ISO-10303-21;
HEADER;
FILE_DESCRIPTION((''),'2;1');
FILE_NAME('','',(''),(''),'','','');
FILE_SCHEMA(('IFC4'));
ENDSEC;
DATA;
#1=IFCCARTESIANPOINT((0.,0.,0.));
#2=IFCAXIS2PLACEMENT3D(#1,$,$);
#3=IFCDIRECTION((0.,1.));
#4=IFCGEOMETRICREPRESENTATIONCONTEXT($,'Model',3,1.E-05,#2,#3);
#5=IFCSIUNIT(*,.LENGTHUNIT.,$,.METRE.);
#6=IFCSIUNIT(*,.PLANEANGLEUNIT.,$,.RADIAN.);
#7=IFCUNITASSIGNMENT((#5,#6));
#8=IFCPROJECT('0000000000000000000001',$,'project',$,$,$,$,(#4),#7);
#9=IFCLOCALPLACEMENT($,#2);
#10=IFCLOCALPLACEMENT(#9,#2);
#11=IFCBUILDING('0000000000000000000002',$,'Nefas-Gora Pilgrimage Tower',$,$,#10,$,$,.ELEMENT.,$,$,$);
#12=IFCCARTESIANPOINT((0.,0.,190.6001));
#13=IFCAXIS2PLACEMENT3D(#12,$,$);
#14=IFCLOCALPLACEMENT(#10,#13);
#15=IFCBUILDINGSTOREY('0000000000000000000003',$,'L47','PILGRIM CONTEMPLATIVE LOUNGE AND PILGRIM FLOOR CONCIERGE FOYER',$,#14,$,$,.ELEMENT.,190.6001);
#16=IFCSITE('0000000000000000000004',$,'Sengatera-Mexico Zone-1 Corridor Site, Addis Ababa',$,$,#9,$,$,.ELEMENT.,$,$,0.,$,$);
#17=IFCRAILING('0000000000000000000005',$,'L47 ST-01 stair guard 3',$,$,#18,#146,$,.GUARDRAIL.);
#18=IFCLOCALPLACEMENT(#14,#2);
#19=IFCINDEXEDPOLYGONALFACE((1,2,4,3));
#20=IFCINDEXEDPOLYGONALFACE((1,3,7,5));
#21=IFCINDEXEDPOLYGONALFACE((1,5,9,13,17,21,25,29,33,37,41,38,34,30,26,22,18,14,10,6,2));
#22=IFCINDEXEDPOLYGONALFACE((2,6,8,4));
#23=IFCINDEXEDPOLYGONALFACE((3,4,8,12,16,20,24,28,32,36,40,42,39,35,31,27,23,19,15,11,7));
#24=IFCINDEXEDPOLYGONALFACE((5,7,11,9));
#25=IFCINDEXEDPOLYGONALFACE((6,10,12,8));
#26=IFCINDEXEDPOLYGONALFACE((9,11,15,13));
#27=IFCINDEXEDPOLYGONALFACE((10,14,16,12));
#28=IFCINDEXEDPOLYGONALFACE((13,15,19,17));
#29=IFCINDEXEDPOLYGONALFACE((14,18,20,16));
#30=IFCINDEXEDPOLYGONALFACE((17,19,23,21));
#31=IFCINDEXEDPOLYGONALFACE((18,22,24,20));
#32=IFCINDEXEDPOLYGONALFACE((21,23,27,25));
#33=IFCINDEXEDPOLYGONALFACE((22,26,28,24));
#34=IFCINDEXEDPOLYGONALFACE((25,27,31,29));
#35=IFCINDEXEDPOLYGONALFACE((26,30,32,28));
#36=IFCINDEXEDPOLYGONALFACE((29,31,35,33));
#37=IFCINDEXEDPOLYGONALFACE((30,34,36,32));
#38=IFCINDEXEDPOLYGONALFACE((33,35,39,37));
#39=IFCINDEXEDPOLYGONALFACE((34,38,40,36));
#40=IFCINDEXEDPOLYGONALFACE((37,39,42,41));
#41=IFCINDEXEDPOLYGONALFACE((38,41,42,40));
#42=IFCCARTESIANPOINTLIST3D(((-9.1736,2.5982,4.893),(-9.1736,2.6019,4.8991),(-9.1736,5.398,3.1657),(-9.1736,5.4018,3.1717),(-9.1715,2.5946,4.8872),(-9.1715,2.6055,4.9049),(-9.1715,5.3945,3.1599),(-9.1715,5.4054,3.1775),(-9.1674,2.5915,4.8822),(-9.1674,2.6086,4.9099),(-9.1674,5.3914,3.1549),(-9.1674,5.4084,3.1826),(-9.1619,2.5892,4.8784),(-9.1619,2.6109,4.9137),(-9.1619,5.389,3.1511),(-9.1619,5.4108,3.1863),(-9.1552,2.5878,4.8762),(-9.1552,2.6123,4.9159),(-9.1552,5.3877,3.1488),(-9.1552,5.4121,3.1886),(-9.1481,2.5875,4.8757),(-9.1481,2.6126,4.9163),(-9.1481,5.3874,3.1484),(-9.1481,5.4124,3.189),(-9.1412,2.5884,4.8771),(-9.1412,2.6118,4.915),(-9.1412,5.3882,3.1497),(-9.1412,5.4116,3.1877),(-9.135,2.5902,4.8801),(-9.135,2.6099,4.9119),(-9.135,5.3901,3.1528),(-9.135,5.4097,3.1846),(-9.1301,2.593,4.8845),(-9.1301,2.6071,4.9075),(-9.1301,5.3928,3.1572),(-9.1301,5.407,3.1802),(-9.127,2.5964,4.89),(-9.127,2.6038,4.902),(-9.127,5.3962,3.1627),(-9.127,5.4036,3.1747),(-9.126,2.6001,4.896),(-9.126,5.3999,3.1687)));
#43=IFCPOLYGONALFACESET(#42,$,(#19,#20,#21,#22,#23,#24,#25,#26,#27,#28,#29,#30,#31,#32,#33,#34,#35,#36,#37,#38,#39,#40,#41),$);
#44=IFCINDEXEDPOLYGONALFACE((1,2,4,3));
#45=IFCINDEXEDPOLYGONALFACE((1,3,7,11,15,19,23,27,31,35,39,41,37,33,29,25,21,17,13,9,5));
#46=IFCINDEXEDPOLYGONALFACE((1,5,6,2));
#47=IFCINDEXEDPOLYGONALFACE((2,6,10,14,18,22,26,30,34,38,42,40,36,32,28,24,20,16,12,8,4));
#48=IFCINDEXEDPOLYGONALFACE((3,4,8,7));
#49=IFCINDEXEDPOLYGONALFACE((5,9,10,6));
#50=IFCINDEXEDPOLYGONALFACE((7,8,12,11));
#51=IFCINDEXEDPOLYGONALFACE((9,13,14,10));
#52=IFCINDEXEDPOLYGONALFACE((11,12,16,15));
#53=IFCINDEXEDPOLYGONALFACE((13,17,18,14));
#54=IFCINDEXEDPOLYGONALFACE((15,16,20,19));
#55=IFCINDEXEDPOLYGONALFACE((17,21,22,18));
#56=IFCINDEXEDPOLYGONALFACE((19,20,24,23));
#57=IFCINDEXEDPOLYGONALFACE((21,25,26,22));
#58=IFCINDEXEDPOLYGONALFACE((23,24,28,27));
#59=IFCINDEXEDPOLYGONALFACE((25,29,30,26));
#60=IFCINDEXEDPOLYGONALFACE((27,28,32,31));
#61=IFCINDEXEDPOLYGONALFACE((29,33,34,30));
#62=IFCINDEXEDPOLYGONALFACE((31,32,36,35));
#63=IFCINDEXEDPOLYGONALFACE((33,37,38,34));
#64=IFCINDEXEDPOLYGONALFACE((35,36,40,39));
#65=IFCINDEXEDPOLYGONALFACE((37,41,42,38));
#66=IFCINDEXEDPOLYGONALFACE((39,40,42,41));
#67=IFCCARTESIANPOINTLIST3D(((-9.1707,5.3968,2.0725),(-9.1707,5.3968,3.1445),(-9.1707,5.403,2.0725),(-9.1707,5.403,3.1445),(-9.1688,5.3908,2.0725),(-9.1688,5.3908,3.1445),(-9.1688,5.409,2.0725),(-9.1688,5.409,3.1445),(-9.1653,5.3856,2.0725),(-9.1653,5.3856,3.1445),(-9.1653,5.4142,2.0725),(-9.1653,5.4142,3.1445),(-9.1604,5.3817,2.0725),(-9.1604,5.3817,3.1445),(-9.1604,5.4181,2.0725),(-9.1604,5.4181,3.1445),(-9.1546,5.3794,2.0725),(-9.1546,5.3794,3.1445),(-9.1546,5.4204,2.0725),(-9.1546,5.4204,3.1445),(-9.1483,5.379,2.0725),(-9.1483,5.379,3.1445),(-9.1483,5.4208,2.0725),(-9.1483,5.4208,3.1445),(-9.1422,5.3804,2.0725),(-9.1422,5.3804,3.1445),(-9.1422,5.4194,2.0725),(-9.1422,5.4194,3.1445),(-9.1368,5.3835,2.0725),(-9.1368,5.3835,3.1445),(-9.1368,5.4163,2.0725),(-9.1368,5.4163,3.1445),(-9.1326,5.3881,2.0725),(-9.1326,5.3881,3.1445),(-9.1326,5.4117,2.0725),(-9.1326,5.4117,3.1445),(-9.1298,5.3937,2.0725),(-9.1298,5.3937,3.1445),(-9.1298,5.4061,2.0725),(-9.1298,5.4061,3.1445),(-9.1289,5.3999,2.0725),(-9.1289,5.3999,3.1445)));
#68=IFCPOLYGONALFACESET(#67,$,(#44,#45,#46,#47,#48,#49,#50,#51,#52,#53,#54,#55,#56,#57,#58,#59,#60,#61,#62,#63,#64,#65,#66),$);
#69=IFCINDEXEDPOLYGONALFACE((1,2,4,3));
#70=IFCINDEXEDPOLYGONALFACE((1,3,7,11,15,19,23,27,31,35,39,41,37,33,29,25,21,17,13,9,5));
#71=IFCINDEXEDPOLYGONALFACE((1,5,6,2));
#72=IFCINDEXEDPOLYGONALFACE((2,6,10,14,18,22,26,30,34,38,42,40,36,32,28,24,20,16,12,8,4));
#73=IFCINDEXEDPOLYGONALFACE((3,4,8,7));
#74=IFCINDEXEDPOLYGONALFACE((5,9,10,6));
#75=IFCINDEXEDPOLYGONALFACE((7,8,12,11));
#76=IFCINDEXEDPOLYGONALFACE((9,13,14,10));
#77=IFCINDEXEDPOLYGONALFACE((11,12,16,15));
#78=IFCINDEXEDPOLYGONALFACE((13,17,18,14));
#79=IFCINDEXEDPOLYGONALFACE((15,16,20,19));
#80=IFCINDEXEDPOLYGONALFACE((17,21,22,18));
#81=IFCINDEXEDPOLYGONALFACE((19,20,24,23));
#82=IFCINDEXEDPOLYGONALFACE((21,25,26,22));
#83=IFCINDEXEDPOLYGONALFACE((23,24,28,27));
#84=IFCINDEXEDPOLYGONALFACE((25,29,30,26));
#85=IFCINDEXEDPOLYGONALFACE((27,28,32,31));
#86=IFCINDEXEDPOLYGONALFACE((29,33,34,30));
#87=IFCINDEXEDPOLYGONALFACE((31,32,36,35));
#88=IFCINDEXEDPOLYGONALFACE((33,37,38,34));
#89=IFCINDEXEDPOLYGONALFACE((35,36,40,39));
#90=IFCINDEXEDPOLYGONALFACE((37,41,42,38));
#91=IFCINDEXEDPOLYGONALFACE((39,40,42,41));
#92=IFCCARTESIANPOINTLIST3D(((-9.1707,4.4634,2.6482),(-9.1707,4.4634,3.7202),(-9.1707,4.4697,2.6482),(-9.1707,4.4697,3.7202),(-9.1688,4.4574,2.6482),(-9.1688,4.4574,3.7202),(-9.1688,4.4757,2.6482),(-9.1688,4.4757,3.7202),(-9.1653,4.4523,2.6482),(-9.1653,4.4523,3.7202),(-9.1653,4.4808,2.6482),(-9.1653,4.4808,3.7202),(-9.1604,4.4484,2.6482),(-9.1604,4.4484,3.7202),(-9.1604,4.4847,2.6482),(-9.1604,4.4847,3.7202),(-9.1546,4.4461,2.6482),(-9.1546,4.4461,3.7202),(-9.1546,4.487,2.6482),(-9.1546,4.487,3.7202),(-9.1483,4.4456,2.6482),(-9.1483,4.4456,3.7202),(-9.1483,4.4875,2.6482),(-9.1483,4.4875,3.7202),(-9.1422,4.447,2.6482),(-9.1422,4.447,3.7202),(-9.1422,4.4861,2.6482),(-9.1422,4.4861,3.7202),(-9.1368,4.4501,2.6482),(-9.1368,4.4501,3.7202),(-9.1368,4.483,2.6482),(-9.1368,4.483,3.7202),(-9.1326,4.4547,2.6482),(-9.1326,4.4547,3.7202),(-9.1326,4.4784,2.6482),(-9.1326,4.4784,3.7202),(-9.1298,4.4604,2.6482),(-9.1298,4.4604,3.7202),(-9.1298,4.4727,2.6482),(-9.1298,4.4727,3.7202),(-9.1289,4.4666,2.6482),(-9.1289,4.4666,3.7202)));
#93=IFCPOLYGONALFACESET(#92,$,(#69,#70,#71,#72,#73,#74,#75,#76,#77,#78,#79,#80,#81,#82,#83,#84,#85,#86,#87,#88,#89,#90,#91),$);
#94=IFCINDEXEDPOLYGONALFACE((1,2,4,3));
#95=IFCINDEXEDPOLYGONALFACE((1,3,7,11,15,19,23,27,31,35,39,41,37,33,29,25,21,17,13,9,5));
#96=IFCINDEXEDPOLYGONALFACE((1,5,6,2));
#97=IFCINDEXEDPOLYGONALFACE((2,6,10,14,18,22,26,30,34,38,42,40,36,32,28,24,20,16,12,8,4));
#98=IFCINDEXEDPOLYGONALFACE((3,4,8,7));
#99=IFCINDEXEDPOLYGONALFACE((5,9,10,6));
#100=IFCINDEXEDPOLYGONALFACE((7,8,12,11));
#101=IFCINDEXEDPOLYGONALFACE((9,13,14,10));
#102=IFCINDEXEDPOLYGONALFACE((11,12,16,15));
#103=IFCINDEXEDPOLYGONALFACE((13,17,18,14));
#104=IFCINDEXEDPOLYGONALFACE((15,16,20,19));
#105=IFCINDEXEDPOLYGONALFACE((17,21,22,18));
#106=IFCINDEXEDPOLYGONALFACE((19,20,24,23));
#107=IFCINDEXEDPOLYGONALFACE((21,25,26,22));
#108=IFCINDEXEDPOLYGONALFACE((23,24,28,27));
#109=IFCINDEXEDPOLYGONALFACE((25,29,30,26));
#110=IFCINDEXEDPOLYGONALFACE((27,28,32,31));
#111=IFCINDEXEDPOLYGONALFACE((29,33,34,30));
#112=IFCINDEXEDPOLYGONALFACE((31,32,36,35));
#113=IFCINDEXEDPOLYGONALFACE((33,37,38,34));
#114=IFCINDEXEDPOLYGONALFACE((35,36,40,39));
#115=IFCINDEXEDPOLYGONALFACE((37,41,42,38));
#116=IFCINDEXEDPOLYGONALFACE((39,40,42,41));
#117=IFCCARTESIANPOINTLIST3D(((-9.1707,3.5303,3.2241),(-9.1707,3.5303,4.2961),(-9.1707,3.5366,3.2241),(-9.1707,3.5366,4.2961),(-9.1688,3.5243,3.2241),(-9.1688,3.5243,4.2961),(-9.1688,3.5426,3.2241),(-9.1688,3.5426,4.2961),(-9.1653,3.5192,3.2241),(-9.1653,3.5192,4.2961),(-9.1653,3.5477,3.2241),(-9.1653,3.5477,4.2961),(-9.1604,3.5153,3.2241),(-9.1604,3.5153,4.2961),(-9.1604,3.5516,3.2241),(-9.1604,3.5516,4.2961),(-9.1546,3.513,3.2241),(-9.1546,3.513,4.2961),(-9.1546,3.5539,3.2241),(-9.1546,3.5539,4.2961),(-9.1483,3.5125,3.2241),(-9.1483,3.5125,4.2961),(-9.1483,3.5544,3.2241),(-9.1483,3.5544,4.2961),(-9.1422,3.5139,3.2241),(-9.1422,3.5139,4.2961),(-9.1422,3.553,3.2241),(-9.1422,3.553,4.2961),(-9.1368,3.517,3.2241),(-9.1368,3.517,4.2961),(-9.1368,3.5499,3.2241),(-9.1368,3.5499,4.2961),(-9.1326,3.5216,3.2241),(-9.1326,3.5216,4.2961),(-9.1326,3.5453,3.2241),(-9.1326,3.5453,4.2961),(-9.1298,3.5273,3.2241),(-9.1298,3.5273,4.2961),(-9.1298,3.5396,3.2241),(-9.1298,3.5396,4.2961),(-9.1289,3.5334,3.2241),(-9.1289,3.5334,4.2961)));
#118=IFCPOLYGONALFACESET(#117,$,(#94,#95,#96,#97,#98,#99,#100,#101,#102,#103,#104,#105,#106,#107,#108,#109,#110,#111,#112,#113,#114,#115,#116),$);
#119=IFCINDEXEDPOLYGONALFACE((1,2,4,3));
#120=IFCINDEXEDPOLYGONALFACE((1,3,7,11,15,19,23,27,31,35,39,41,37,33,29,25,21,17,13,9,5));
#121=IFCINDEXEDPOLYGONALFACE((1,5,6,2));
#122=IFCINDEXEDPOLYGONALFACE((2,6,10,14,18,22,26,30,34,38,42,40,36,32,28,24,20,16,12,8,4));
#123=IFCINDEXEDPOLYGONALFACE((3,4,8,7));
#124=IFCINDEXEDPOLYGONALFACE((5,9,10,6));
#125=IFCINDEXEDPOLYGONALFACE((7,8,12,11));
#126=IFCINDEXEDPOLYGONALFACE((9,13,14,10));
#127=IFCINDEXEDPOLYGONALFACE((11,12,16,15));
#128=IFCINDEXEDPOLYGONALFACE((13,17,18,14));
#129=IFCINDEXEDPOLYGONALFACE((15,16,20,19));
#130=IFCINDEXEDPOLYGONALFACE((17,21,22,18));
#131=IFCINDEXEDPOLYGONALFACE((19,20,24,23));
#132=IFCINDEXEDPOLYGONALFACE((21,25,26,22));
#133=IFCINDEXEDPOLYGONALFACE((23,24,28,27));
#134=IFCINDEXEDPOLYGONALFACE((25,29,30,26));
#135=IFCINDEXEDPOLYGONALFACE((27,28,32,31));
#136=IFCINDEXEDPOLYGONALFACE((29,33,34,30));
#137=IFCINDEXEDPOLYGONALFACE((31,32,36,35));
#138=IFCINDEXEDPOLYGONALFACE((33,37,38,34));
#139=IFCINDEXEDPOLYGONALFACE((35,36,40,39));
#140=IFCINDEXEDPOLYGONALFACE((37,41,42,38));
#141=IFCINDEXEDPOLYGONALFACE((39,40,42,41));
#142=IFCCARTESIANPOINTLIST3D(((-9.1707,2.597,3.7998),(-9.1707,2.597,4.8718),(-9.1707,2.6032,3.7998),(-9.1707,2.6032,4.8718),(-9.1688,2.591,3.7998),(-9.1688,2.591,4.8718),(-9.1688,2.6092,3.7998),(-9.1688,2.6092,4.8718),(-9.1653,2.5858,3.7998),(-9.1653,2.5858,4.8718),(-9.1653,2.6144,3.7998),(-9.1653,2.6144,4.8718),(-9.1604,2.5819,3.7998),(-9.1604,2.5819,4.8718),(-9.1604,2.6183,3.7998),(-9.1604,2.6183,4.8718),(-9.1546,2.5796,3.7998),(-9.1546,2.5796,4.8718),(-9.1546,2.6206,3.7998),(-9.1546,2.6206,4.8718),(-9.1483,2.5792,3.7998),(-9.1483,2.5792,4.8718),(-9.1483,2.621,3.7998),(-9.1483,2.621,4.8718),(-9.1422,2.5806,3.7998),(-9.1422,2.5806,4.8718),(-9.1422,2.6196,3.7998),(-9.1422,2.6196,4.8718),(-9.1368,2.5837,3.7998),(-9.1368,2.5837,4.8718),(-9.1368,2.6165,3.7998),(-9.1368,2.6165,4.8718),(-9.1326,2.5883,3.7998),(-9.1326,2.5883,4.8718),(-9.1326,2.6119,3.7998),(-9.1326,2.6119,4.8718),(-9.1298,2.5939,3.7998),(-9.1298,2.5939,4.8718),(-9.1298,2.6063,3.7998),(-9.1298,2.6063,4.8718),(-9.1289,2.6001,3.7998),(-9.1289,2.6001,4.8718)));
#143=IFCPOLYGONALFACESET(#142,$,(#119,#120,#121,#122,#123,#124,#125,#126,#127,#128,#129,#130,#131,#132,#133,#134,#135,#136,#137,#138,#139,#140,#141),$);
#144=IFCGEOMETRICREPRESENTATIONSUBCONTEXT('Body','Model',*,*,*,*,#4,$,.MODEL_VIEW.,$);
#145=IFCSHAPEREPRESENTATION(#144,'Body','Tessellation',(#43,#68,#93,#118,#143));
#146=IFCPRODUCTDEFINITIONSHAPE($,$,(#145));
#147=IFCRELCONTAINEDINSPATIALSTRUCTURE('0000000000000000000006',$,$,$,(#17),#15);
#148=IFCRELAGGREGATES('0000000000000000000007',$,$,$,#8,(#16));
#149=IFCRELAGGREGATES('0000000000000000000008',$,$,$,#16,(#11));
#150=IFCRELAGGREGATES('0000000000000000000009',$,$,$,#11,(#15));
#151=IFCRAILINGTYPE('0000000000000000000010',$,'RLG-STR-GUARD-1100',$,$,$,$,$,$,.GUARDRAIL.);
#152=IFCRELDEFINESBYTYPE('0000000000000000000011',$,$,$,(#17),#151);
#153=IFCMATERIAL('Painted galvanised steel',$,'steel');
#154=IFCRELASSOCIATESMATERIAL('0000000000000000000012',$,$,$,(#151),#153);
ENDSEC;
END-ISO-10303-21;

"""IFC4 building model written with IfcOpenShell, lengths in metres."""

from ifc_helpers import new_model, si_unit, direction, frame, origin, origin_2d, place, context, subcontext, project, spatial, circle, extrude, material, type_object, element, save


model = new_model("IFC4")

# Units and contexts
model_context = context("Model", 3, precision=1e-05, world=origin(), true_north=direction((0.0, 1.0)))
body_context = subcontext(model_context, "Body", "Model", "MODEL_VIEW")
ifc_project = project(units=[si_unit("LENGTHUNIT", "METRE"), si_unit("PLANEANGLEUNIT", "RADIAN")], contexts=[model_context])

# Site, building, storey
site_placement = place(None, origin())
site = spatial("IfcSite", under=ifc_project, at=site_placement, Name="Sengatera-Mexico Zone-1 Corridor Site, Addis Ababa", CompositionType="ELEMENT", RefElevation=0.0)
building_placement = place(site_placement, origin())
building = spatial("IfcBuilding", under=site, at=building_placement, Name="Nefas-Gora Pilgrimage Tower", CompositionType="ELEMENT")
storey_placement = place(building_placement, frame((0.0, 0.0, 190.6001)))
storey = spatial("IfcBuildingStorey", under=building, at=storey_placement, Name="L47", Description="PILGRIM CONTEMPLATIVE LOUNGE AND PILGRIM FLOOR CONCIERGE FOYER", CompositionType="ELEMENT", Elevation=190.6001)

# Railing
ifc_material_1 = material(Name="Painted galvanised steel", Category="steel")
railing_type_1 = type_object("IfcRailingType", Name="RLG-STR-GUARD-1100", PredefinedType="GUARDRAIL", material=ifc_material_1)
railing_1_placement = place(storey_placement, frame((-9.1499, 5.3999, 2.0725)))
element("IfcRailing", 1, at=railing_1_placement, inside=storey, type_object=railing_type_1, Name="L47 ST-01 stair guard 3", PredefinedType="GUARDRAIL", context=body_context, shape_type="SweptSolid", body=[
    extrude(circle(Radius=0.0239, at=origin_2d()), frame((0.0, 0.0, 1.0962), z_axis=(0.0, -0.851069, 0.525054), x_axis=(1.0, 0.0, 0.0)), (0.0, 0.0, 1.0), 3.2898),
    extrude(circle(Radius=0.021, at=origin_2d()), origin(), (0.0, 0.0, 1.0), 1.072),
    extrude(circle(Radius=0.021, at=origin_2d()), frame((0.0, -0.9333, 0.5757)), (0.0, 0.0, 1.0), 1.072),
    extrude(circle(Radius=0.021, at=origin_2d()), frame((0.0, -1.8665, 1.1516)), (0.0, 0.0, 1.0), 1.072),
    extrude(circle(Radius=0.021, at=origin_2d()), frame((0.0, -2.7998, 1.7273)), (0.0, 0.0, 1.0), 1.072),
])

save(model, "model.ifc")
